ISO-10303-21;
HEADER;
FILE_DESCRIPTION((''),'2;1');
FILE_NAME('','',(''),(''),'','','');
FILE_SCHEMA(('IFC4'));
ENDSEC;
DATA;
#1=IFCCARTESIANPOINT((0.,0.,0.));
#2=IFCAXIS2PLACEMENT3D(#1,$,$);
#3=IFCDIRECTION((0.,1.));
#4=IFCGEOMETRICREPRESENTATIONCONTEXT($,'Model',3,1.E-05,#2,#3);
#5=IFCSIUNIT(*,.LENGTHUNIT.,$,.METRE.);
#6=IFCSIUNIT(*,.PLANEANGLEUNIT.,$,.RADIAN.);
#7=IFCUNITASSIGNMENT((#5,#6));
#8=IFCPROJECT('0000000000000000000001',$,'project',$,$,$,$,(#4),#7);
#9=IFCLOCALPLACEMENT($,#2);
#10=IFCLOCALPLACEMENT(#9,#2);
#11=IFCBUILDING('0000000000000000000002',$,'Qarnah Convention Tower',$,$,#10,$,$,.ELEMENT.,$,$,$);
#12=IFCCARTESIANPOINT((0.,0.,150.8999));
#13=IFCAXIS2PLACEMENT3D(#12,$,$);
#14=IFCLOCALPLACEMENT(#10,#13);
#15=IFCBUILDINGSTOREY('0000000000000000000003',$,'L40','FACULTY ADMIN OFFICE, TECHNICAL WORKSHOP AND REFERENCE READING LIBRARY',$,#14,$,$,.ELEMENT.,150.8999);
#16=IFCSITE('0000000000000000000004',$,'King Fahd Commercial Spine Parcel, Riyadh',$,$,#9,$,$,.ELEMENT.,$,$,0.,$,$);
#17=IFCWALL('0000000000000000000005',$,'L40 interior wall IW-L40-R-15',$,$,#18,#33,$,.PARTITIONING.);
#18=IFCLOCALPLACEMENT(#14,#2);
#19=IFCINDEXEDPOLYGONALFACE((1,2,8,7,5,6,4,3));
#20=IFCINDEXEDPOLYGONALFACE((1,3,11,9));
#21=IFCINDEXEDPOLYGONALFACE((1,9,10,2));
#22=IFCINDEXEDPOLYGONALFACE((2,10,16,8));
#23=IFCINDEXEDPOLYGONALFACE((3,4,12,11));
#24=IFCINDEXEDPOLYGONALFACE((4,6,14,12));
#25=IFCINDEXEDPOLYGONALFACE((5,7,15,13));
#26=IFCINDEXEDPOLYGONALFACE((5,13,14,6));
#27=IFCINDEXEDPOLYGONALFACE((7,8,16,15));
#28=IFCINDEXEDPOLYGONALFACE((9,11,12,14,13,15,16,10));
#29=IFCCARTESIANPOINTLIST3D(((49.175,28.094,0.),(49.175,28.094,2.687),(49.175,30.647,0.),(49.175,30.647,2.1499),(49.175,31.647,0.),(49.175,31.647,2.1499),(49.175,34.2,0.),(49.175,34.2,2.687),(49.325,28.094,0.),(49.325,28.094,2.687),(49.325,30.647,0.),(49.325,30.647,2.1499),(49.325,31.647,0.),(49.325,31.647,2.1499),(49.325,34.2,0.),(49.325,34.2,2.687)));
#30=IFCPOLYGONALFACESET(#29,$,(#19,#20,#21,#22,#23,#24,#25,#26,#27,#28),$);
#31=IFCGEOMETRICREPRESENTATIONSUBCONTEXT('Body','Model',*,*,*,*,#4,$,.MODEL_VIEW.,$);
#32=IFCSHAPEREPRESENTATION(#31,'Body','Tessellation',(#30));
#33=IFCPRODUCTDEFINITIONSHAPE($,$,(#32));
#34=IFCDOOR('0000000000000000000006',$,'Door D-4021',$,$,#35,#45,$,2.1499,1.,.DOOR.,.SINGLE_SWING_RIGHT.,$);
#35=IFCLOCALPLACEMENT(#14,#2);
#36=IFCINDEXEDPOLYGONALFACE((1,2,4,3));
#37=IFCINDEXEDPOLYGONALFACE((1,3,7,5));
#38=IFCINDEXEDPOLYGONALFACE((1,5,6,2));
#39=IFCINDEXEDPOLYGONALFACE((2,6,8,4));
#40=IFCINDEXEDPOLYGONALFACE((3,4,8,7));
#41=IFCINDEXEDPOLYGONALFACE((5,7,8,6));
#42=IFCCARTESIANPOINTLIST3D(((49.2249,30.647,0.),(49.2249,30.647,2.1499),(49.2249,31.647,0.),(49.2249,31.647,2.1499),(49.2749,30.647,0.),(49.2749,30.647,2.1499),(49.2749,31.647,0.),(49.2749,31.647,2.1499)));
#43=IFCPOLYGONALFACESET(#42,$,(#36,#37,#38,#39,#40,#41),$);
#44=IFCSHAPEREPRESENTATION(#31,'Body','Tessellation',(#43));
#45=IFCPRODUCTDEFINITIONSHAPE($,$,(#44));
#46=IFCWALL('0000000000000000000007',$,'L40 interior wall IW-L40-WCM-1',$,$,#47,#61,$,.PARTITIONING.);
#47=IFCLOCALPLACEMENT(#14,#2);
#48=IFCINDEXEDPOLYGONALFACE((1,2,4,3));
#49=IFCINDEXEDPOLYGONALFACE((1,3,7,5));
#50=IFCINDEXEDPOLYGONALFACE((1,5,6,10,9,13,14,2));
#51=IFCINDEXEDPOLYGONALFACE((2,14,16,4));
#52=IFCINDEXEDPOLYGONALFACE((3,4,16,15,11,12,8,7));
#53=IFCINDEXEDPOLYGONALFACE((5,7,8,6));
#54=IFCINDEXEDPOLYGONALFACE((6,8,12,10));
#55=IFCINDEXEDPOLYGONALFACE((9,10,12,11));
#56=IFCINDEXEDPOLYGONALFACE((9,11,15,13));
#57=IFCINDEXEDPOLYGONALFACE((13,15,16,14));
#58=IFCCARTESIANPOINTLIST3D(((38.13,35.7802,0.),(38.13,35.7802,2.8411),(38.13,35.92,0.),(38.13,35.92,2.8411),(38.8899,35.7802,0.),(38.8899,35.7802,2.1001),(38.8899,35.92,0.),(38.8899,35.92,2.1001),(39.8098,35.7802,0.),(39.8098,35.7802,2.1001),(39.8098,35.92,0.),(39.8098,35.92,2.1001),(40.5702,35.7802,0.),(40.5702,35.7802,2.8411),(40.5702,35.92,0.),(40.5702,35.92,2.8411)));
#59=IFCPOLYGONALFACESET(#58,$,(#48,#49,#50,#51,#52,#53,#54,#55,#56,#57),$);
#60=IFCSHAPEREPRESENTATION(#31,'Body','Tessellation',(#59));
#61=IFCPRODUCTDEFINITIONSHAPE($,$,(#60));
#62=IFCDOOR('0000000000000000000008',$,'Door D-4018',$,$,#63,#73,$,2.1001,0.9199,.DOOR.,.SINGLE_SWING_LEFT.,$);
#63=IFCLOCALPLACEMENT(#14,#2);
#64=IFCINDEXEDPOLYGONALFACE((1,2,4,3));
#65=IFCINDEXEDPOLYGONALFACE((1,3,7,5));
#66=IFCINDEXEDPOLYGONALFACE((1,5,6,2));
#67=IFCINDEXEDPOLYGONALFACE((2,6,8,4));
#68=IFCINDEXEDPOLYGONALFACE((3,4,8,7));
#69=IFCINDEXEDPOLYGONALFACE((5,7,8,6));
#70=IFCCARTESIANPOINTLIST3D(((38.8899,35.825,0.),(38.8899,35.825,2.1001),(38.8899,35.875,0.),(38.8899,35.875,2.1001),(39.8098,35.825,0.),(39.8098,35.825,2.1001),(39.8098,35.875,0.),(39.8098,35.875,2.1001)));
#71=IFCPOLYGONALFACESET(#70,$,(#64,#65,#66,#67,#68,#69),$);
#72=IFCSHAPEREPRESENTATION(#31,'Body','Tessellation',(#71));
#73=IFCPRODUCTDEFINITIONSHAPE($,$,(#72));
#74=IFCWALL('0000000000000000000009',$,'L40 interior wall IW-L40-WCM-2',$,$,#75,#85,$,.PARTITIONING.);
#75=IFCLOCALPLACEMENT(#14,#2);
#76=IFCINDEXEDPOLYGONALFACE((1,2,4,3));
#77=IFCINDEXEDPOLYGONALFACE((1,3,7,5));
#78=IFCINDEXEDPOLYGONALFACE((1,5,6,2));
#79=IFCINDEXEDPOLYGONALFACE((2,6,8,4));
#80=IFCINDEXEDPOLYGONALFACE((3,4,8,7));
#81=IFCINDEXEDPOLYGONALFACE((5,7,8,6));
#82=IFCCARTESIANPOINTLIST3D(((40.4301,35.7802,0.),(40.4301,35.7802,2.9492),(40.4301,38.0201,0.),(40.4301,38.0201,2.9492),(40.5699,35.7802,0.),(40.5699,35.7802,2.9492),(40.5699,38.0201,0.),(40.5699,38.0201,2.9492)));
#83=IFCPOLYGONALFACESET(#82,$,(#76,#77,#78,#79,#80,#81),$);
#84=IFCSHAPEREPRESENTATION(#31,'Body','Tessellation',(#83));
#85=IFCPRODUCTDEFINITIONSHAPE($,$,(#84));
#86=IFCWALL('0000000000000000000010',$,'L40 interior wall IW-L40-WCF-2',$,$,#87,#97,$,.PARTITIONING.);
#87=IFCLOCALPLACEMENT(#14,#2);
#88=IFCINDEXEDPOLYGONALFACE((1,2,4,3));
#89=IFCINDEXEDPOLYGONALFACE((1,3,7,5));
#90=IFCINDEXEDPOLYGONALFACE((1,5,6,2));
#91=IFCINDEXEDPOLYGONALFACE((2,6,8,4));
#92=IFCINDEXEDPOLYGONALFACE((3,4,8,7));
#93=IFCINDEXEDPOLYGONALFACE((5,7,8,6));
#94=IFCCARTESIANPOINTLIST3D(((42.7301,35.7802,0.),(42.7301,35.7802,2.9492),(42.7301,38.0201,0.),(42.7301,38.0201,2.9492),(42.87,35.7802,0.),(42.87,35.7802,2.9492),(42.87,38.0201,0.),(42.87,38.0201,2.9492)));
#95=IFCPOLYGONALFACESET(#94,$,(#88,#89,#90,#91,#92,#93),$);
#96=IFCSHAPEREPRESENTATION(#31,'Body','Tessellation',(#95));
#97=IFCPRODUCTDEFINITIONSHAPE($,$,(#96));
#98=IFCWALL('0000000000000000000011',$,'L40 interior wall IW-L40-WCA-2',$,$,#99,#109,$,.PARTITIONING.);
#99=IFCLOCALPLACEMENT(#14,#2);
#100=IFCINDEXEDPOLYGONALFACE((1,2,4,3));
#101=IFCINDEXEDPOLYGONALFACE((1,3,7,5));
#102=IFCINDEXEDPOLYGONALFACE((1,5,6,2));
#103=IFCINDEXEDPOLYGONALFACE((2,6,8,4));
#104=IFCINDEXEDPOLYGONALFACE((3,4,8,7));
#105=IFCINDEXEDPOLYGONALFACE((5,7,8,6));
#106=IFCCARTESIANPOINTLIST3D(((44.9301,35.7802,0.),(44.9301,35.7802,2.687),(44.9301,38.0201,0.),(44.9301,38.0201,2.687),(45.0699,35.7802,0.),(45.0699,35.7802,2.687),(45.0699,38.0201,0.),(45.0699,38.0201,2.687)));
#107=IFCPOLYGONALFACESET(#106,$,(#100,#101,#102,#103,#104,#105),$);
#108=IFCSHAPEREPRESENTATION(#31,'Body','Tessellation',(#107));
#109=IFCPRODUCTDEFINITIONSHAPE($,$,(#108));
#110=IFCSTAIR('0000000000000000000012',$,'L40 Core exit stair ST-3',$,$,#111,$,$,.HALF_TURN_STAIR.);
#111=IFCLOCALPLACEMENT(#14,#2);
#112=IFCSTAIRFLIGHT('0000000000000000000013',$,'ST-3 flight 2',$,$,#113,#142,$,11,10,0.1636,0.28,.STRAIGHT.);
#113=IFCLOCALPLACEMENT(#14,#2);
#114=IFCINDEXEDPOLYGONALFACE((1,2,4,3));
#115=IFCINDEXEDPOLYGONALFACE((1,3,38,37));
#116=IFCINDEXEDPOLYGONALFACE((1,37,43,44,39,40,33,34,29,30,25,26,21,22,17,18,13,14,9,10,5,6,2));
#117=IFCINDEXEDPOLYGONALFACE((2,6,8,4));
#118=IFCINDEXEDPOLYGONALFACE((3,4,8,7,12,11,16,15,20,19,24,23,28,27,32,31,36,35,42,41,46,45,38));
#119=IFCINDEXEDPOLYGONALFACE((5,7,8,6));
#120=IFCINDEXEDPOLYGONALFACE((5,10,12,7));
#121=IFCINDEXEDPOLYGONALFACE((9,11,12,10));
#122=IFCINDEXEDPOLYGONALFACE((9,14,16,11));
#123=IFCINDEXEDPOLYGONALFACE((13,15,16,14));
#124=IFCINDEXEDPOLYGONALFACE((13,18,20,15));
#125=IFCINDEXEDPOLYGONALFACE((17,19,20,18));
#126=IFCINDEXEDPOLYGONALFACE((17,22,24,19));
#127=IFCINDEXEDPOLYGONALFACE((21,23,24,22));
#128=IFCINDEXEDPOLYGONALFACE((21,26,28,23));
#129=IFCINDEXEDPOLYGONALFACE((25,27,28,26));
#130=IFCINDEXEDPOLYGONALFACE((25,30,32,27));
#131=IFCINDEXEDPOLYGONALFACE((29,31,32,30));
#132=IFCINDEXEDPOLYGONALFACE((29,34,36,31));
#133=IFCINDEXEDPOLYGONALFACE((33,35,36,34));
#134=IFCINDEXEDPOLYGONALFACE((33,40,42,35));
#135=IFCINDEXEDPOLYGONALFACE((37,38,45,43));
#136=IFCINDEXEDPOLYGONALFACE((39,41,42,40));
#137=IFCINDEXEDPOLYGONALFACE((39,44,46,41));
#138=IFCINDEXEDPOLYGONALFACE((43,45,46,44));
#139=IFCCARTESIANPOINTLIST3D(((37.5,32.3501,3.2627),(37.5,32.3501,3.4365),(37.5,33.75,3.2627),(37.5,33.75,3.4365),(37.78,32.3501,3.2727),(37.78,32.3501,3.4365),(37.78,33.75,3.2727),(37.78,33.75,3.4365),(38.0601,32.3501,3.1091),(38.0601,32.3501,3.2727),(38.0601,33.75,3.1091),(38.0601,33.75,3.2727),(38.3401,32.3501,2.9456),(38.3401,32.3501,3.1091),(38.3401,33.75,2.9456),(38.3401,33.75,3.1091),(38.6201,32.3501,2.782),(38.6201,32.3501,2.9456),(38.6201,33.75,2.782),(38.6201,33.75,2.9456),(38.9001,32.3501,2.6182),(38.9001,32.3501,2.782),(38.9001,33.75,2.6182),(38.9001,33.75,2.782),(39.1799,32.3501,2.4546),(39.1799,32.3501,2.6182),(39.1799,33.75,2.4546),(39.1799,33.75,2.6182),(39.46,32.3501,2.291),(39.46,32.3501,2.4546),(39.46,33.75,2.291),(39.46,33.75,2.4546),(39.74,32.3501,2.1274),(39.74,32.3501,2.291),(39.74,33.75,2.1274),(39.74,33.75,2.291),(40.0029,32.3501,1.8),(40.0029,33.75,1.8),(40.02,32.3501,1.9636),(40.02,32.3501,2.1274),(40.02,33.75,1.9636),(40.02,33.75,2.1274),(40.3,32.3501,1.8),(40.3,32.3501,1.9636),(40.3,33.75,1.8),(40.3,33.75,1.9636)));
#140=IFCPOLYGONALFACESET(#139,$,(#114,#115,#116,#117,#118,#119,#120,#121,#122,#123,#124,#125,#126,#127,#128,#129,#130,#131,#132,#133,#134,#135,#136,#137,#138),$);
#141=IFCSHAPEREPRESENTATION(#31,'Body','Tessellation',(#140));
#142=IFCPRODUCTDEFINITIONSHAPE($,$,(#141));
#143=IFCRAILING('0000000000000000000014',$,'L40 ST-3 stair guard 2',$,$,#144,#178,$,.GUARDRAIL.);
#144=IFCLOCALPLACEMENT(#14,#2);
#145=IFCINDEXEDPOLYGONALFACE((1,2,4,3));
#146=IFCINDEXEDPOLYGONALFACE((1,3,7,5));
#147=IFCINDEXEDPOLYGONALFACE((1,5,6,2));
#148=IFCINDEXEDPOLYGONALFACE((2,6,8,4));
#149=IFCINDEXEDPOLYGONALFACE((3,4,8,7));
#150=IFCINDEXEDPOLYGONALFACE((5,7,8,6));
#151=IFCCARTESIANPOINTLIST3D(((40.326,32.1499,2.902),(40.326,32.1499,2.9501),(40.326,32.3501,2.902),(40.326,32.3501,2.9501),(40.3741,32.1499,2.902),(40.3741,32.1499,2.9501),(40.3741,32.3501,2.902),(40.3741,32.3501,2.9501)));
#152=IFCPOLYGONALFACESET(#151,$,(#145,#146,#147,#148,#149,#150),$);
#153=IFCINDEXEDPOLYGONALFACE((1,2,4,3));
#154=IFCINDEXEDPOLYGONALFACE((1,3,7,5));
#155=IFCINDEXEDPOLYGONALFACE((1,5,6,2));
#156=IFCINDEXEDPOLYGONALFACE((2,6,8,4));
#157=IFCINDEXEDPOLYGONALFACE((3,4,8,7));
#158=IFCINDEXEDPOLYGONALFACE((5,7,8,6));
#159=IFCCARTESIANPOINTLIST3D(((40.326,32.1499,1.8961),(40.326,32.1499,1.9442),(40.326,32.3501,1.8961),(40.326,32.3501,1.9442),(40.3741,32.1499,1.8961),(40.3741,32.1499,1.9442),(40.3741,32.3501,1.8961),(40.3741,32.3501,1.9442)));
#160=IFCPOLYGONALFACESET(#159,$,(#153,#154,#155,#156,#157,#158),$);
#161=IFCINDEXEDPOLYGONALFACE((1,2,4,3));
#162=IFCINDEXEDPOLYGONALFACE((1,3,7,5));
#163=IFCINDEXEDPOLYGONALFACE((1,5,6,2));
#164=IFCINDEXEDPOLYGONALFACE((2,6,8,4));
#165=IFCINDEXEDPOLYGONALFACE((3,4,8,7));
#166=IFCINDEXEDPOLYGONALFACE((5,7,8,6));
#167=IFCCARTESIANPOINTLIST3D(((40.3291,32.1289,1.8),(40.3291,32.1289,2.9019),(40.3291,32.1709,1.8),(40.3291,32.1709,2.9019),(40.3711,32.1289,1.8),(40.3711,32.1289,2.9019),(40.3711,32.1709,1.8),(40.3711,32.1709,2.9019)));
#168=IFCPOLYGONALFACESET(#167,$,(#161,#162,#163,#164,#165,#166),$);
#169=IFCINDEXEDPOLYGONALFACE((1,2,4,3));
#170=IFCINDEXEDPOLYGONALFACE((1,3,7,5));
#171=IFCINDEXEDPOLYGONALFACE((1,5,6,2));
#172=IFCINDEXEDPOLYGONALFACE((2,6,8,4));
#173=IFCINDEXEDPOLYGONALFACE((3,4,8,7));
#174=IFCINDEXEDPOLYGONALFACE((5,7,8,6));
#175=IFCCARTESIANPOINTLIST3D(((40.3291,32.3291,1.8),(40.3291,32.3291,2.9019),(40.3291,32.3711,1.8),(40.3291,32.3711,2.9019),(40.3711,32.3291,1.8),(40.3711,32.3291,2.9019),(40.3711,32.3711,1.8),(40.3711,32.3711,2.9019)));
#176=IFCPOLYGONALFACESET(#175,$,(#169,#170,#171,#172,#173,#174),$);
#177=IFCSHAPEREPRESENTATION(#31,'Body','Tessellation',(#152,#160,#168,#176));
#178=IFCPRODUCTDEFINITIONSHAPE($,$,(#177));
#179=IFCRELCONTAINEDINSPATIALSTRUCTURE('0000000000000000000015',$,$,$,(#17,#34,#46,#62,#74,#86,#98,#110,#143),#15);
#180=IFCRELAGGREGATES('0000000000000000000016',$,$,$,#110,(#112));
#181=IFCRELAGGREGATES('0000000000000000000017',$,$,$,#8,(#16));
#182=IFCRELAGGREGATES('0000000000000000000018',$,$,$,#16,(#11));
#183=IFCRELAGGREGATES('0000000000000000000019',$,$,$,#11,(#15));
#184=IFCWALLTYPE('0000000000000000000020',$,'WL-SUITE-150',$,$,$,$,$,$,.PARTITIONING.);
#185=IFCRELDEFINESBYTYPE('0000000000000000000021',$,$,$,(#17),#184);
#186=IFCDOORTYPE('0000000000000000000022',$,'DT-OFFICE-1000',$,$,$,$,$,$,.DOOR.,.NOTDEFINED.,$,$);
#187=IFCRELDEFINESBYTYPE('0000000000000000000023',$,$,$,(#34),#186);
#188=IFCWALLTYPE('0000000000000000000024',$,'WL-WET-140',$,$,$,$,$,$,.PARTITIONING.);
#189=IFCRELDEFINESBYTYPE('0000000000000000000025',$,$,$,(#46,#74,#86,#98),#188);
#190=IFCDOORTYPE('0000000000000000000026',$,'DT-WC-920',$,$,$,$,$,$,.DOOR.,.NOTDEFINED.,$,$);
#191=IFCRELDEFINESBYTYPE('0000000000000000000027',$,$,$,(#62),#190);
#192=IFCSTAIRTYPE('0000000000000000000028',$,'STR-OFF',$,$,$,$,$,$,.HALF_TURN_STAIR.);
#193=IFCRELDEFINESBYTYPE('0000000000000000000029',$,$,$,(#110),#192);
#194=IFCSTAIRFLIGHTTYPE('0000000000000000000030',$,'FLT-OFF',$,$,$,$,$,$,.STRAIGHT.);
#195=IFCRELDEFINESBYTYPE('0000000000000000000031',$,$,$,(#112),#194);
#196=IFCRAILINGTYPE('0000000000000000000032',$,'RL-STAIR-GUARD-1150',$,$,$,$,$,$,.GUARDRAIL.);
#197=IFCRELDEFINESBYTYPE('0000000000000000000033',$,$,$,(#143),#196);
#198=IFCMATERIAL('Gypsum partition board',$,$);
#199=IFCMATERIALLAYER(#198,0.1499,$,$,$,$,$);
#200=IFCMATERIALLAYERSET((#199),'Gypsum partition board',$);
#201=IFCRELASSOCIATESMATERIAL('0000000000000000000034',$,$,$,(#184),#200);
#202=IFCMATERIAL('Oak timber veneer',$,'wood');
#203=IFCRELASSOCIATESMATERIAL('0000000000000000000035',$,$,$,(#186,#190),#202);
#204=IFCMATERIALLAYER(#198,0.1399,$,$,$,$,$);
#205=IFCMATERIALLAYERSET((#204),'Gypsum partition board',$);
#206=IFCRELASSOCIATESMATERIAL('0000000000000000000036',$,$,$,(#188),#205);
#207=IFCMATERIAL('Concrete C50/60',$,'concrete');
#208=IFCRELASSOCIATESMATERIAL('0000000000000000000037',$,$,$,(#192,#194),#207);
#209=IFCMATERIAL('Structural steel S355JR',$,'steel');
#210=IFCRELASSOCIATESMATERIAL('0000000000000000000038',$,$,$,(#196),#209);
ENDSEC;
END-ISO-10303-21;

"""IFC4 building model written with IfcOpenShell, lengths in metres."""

from ifc_helpers import new_model, si_unit, direction, frame, frame_2d, origin, origin_2d, place, context, subcontext, project, spatial, polyline, rectangle, outline, extrude, material, layer, layer_set, type_object, element, fill, aggregate, save


model = new_model("IFC4")

# Units and contexts
model_context = context("Model", 3, precision=1e-05, world=origin(), true_north=direction((0.0, 1.0)))
body_context = subcontext(model_context, "Body", "Model", "MODEL_VIEW")
ifc_project = project(units=[si_unit("LENGTHUNIT", "METRE"), si_unit("PLANEANGLEUNIT", "RADIAN")], contexts=[model_context])

# Site, building, storey
site_placement = place(None, origin())
site = spatial("IfcSite", under=ifc_project, at=site_placement, Name="King Fahd Commercial Spine Parcel, Riyadh", CompositionType="ELEMENT", RefElevation=0.0)
building_placement = place(site_placement, origin())
building = spatial("IfcBuilding", under=site, at=building_placement, Name="Qarnah Convention Tower", CompositionType="ELEMENT")
storey_placement = place(building_placement, frame((0.0, 0.0, 150.8999)))
storey = spatial("IfcBuildingStorey", under=building, at=storey_placement, Name="L40", Description="FACULTY ADMIN OFFICE, TECHNICAL WORKSHOP AND REFERENCE READING LIBRARY", CompositionType="ELEMENT", Elevation=150.8999)

# Shared definitions
ifc_material_1 = material(Name="Structural steel S355JR", Category="steel")

# Shared definitions
ifc_material_2 = material(Name="Gypsum partition board")
ifc_layer_1 = layer(ifc_material_2, 0.1499)
ifc_layer_set_1 = layer_set([ifc_layer_1], Name="Gypsum partition board")
wall_type_1 = type_object("IfcWallType", Name="WL-SUITE-150", PredefinedType="PARTITIONING", material=ifc_layer_set_1)

# Walls, openings, doors
wall_1_placement = place(storey_placement, frame((49.25, 34.2, 0.0), z_axis=(0.0, 0.0, 1.0), x_axis=(0.0, -1.0, 0.0)))
wall_1 = element("IfcWall", 1, at=wall_1_placement, inside=storey, type_object=wall_type_1, Name="L40 interior wall IW-L40-R-15", PredefinedType="PARTITIONING", context=body_context, shape_type="SweptSolid", body=[
    extrude(rectangle(XDim=6.106, YDim=0.1499, at=frame_2d((3.053, 0.0))), origin(), (0.0, 0.0, 1.0), 2.687),
])
opening_1_placement = place(wall_1_placement, frame((2.553, 0.0, 0.0)))
opening_1 = element("IfcOpeningElement", 2, at=opening_1_placement, cuts=wall_1, PredefinedType="OPENING", context=body_context, shape_type="SweptSolid", body=[
    extrude(rectangle(XDim=1.0, YDim=2.1499, at=frame_2d((0.5, 1.075))), frame((0.0, 0.085, 0.0), z_axis=(0.0, -1.0, 0.0), x_axis=(1.0, 0.0, 0.0)), (0.0, 0.0, 1.0), 0.1699),
])
ifc_material_3 = material(Name="Oak timber veneer", Category="wood")
door_type_1 = type_object("IfcDoorType", Name="DT-OFFICE-1000", OperationType="NOTDEFINED", PredefinedType="DOOR", material=ifc_material_3)
door_1_placement = place(opening_1_placement, origin())
door_1 = element("IfcDoor", 3, at=door_1_placement, inside=storey, type_object=door_type_1, Name="Door D-4021", OperationType="SINGLE_SWING_RIGHT", OverallHeight=2.1499, OverallWidth=1.0, PredefinedType="DOOR", context=body_context, shape_type="SweptSolid", body=[
    extrude(rectangle(XDim=1.0, YDim=2.1499, at=frame_2d((0.5, 1.075))), frame((0.0, 0.0249, 0.0), z_axis=(0.0, -1.0, 0.0), x_axis=(1.0, 0.0, 0.0)), (0.0, 0.0, 1.0), 0.05),
])
fill(opening_1, door_1)
ifc_layer_2 = layer(ifc_material_2, 0.1399)
ifc_layer_set_2 = layer_set([ifc_layer_2], Name="Gypsum partition board")
wall_type_2 = type_object("IfcWallType", Name="WL-WET-140", PredefinedType="PARTITIONING", material=ifc_layer_set_2)
wall_2_placement = place(storey_placement, frame((38.1299, 35.8501, 0.0), z_axis=(0.0, 0.0, 1.0), x_axis=(1.0, 0.0, 0.0)))
wall_2 = element("IfcWall", 4, at=wall_2_placement, inside=storey, type_object=wall_type_2, Name="L40 interior wall IW-L40-WCM-1", PredefinedType="PARTITIONING", context=body_context, shape_type="SweptSolid", body=[
    extrude(rectangle(XDim=2.4402, YDim=0.1399, at=frame_2d((1.2202, 0.0))), origin(), (0.0, 0.0, 1.0), 2.8411),
])
opening_2_placement = place(wall_2_placement, frame((0.76, 0.0, 0.0)))
opening_2 = element("IfcOpeningElement", 5, at=opening_2_placement, cuts=wall_2, PredefinedType="OPENING", context=body_context, shape_type="SweptSolid", body=[
    extrude(rectangle(XDim=0.9199, YDim=2.1001, at=frame_2d((0.46, 1.05))), frame((0.0, 0.0798, 0.0), z_axis=(0.0, -1.0, 0.0), x_axis=(1.0, 0.0, 0.0)), (0.0, 0.0, 1.0), 0.1599),
])
door_type_2 = type_object("IfcDoorType", Name="DT-WC-920", OperationType="NOTDEFINED", PredefinedType="DOOR", material=ifc_material_3)
door_2_placement = place(opening_2_placement, origin())
door_2 = element("IfcDoor", 6, at=door_2_placement, inside=storey, type_object=door_type_2, Name="Door D-4018", OperationType="SINGLE_SWING_LEFT", OverallHeight=2.1001, OverallWidth=0.9199, PredefinedType="DOOR", context=body_context, shape_type="SweptSolid", body=[
    extrude(rectangle(XDim=0.9199, YDim=2.1001, at=frame_2d((0.46, 1.05))), frame((0.0, 0.0249, 0.0), z_axis=(0.0, -1.0, 0.0), x_axis=(1.0, 0.0, 0.0)), (0.0, 0.0, 1.0), 0.05),
])
fill(opening_2, door_2)

# Walls
for number, where, z_axis, x_axis, name in (
    (7, (40.5, 35.78, 0.0), (0.0, 0.0, 1.0), (0.0, 1.0, 0.0), "L40 interior wall IW-L40-WCM-2"),
    (8, (42.8, 35.78, 0.0), (0.0, 0.0, 1.0), (0.0, 1.0, 0.0), "L40 interior wall IW-L40-WCF-2"),
):
    element("IfcWall", number, at=place(storey_placement, frame(where, z_axis=z_axis, x_axis=x_axis)), inside=storey, type_object=wall_type_2, Name=name, PredefinedType="PARTITIONING", context=body_context, shape_type="SweptSolid", body=[
        extrude(rectangle(XDim=2.24, YDim=0.1399, at=frame_2d((1.1201, 0.0))), origin(), (0.0, 0.0, 1.0), 2.9492),
    ])
wall_3_placement = place(storey_placement, frame((45.0, 35.78, 0.0), z_axis=(0.0, 0.0, 1.0), x_axis=(0.0, 1.0, 0.0)))
element("IfcWall", 9, at=wall_3_placement, inside=storey, type_object=wall_type_2, Name="L40 interior wall IW-L40-WCA-2", PredefinedType="PARTITIONING", context=body_context, shape_type="SweptSolid", body=[
    extrude(rectangle(XDim=2.24, YDim=0.1399, at=frame_2d((1.1201, 0.0))), origin(), (0.0, 0.0, 1.0), 2.687),
])

# Stair, stair flight
ifc_material_4 = material(Name="Concrete C50/60", Category="concrete")
stair_type = type_object("IfcStairType", Name="STR-OFF", PredefinedType="HALF_TURN_STAIR", material=ifc_material_4)
stair_placement = place(storey_placement, origin())
stair = element("IfcStair", 10, at=stair_placement, inside=storey, type_object=stair_type, Name="L40 Core exit stair ST-3", PredefinedType="HALF_TURN_STAIR")
stair_flight_type = type_object("IfcStairFlightType", Name="FLT-OFF", PredefinedType="STRAIGHT", material=ifc_material_4)
stair_flight_placement = place(storey_placement, frame((40.3, 33.05, 1.8), z_axis=(0.0, 0.0, 1.0), x_axis=(-1.0, 0.0, 0.0)))
stair_flight = element("IfcStairFlight", 11, at=stair_flight_placement, type_object=stair_flight_type, Name="ST-3 flight 2", NumberOfRisers=11, NumberOfTreads=10, PredefinedType="STRAIGHT", RiserHeight=0.1636, TreadLength=0.28, context=body_context, shape_type="SweptSolid", body=[
    extrude(outline(polyline([(0.0, 0.0), (0.0, 0.1636), (0.28, 0.1636), (0.28, 0.3274), (0.5601, 0.3274), (0.5601, 0.491), (0.8401, 0.491), (0.8401, 0.6545), (1.1201, 0.6545), (1.1201, 0.8181), (1.3999, 0.8181), (1.3999, 0.9819), (1.6799, 0.9819), (1.6799, 1.1455), (1.96, 1.1455), (1.96, 1.3091), (2.24, 1.3091), (2.24, 1.4727), (2.52, 1.4727), (2.52, 1.6365), (2.8, 1.6365), (2.8, 1.8), (2.8, 1.4626), (0.2971, 0.0), (0.0, 0.0)])), frame((0.0, 0.7, 0.0), z_axis=(0.0, -1.0, 0.0), x_axis=(1.0, 0.0, 0.0)), (0.0, 0.0, 1.0), 1.3999),
])
aggregate(stair, [stair_flight])

# Railing
railing_type_1 = type_object("IfcRailingType", Name="RL-STAIR-GUARD-1150", PredefinedType="GUARDRAIL", material=ifc_material_1)
railing_1_placement = place(storey_placement, frame((40.3501, 32.1499, 1.8)))
element("IfcRailing", 12, at=railing_1_placement, inside=storey, type_object=railing_type_1, Name="L40 ST-3 stair guard 2", PredefinedType="GUARDRAIL", context=body_context, shape_type="SweptSolid", body=[
    extrude(rectangle(XDim=0.0481, YDim=0.0481, at=origin_2d()), frame((0.0, 0.0, 1.126), z_axis=(0.0, 1.0, 0.0), x_axis=(-1.0, 0.0, 0.0)), (0.0, 0.0, 1.0), 0.2002),
    extrude(rectangle(XDim=0.0481, YDim=0.0481, at=origin_2d()), frame((0.0, 0.0, 0.1201), z_axis=(0.0, 1.0, 0.0), x_axis=(-1.0, 0.0, 0.0)), (0.0, 0.0, 1.0), 0.2002),
    extrude(rectangle(XDim=0.042, YDim=0.042, at=origin_2d()), origin(), (0.0, 0.0, 1.0), 1.1018),
    extrude(rectangle(XDim=0.042, YDim=0.042, at=origin_2d()), frame((0.0, 0.2002, 0.0)), (0.0, 0.0, 1.0), 1.1018),
])

save(model, "model.ifc")
